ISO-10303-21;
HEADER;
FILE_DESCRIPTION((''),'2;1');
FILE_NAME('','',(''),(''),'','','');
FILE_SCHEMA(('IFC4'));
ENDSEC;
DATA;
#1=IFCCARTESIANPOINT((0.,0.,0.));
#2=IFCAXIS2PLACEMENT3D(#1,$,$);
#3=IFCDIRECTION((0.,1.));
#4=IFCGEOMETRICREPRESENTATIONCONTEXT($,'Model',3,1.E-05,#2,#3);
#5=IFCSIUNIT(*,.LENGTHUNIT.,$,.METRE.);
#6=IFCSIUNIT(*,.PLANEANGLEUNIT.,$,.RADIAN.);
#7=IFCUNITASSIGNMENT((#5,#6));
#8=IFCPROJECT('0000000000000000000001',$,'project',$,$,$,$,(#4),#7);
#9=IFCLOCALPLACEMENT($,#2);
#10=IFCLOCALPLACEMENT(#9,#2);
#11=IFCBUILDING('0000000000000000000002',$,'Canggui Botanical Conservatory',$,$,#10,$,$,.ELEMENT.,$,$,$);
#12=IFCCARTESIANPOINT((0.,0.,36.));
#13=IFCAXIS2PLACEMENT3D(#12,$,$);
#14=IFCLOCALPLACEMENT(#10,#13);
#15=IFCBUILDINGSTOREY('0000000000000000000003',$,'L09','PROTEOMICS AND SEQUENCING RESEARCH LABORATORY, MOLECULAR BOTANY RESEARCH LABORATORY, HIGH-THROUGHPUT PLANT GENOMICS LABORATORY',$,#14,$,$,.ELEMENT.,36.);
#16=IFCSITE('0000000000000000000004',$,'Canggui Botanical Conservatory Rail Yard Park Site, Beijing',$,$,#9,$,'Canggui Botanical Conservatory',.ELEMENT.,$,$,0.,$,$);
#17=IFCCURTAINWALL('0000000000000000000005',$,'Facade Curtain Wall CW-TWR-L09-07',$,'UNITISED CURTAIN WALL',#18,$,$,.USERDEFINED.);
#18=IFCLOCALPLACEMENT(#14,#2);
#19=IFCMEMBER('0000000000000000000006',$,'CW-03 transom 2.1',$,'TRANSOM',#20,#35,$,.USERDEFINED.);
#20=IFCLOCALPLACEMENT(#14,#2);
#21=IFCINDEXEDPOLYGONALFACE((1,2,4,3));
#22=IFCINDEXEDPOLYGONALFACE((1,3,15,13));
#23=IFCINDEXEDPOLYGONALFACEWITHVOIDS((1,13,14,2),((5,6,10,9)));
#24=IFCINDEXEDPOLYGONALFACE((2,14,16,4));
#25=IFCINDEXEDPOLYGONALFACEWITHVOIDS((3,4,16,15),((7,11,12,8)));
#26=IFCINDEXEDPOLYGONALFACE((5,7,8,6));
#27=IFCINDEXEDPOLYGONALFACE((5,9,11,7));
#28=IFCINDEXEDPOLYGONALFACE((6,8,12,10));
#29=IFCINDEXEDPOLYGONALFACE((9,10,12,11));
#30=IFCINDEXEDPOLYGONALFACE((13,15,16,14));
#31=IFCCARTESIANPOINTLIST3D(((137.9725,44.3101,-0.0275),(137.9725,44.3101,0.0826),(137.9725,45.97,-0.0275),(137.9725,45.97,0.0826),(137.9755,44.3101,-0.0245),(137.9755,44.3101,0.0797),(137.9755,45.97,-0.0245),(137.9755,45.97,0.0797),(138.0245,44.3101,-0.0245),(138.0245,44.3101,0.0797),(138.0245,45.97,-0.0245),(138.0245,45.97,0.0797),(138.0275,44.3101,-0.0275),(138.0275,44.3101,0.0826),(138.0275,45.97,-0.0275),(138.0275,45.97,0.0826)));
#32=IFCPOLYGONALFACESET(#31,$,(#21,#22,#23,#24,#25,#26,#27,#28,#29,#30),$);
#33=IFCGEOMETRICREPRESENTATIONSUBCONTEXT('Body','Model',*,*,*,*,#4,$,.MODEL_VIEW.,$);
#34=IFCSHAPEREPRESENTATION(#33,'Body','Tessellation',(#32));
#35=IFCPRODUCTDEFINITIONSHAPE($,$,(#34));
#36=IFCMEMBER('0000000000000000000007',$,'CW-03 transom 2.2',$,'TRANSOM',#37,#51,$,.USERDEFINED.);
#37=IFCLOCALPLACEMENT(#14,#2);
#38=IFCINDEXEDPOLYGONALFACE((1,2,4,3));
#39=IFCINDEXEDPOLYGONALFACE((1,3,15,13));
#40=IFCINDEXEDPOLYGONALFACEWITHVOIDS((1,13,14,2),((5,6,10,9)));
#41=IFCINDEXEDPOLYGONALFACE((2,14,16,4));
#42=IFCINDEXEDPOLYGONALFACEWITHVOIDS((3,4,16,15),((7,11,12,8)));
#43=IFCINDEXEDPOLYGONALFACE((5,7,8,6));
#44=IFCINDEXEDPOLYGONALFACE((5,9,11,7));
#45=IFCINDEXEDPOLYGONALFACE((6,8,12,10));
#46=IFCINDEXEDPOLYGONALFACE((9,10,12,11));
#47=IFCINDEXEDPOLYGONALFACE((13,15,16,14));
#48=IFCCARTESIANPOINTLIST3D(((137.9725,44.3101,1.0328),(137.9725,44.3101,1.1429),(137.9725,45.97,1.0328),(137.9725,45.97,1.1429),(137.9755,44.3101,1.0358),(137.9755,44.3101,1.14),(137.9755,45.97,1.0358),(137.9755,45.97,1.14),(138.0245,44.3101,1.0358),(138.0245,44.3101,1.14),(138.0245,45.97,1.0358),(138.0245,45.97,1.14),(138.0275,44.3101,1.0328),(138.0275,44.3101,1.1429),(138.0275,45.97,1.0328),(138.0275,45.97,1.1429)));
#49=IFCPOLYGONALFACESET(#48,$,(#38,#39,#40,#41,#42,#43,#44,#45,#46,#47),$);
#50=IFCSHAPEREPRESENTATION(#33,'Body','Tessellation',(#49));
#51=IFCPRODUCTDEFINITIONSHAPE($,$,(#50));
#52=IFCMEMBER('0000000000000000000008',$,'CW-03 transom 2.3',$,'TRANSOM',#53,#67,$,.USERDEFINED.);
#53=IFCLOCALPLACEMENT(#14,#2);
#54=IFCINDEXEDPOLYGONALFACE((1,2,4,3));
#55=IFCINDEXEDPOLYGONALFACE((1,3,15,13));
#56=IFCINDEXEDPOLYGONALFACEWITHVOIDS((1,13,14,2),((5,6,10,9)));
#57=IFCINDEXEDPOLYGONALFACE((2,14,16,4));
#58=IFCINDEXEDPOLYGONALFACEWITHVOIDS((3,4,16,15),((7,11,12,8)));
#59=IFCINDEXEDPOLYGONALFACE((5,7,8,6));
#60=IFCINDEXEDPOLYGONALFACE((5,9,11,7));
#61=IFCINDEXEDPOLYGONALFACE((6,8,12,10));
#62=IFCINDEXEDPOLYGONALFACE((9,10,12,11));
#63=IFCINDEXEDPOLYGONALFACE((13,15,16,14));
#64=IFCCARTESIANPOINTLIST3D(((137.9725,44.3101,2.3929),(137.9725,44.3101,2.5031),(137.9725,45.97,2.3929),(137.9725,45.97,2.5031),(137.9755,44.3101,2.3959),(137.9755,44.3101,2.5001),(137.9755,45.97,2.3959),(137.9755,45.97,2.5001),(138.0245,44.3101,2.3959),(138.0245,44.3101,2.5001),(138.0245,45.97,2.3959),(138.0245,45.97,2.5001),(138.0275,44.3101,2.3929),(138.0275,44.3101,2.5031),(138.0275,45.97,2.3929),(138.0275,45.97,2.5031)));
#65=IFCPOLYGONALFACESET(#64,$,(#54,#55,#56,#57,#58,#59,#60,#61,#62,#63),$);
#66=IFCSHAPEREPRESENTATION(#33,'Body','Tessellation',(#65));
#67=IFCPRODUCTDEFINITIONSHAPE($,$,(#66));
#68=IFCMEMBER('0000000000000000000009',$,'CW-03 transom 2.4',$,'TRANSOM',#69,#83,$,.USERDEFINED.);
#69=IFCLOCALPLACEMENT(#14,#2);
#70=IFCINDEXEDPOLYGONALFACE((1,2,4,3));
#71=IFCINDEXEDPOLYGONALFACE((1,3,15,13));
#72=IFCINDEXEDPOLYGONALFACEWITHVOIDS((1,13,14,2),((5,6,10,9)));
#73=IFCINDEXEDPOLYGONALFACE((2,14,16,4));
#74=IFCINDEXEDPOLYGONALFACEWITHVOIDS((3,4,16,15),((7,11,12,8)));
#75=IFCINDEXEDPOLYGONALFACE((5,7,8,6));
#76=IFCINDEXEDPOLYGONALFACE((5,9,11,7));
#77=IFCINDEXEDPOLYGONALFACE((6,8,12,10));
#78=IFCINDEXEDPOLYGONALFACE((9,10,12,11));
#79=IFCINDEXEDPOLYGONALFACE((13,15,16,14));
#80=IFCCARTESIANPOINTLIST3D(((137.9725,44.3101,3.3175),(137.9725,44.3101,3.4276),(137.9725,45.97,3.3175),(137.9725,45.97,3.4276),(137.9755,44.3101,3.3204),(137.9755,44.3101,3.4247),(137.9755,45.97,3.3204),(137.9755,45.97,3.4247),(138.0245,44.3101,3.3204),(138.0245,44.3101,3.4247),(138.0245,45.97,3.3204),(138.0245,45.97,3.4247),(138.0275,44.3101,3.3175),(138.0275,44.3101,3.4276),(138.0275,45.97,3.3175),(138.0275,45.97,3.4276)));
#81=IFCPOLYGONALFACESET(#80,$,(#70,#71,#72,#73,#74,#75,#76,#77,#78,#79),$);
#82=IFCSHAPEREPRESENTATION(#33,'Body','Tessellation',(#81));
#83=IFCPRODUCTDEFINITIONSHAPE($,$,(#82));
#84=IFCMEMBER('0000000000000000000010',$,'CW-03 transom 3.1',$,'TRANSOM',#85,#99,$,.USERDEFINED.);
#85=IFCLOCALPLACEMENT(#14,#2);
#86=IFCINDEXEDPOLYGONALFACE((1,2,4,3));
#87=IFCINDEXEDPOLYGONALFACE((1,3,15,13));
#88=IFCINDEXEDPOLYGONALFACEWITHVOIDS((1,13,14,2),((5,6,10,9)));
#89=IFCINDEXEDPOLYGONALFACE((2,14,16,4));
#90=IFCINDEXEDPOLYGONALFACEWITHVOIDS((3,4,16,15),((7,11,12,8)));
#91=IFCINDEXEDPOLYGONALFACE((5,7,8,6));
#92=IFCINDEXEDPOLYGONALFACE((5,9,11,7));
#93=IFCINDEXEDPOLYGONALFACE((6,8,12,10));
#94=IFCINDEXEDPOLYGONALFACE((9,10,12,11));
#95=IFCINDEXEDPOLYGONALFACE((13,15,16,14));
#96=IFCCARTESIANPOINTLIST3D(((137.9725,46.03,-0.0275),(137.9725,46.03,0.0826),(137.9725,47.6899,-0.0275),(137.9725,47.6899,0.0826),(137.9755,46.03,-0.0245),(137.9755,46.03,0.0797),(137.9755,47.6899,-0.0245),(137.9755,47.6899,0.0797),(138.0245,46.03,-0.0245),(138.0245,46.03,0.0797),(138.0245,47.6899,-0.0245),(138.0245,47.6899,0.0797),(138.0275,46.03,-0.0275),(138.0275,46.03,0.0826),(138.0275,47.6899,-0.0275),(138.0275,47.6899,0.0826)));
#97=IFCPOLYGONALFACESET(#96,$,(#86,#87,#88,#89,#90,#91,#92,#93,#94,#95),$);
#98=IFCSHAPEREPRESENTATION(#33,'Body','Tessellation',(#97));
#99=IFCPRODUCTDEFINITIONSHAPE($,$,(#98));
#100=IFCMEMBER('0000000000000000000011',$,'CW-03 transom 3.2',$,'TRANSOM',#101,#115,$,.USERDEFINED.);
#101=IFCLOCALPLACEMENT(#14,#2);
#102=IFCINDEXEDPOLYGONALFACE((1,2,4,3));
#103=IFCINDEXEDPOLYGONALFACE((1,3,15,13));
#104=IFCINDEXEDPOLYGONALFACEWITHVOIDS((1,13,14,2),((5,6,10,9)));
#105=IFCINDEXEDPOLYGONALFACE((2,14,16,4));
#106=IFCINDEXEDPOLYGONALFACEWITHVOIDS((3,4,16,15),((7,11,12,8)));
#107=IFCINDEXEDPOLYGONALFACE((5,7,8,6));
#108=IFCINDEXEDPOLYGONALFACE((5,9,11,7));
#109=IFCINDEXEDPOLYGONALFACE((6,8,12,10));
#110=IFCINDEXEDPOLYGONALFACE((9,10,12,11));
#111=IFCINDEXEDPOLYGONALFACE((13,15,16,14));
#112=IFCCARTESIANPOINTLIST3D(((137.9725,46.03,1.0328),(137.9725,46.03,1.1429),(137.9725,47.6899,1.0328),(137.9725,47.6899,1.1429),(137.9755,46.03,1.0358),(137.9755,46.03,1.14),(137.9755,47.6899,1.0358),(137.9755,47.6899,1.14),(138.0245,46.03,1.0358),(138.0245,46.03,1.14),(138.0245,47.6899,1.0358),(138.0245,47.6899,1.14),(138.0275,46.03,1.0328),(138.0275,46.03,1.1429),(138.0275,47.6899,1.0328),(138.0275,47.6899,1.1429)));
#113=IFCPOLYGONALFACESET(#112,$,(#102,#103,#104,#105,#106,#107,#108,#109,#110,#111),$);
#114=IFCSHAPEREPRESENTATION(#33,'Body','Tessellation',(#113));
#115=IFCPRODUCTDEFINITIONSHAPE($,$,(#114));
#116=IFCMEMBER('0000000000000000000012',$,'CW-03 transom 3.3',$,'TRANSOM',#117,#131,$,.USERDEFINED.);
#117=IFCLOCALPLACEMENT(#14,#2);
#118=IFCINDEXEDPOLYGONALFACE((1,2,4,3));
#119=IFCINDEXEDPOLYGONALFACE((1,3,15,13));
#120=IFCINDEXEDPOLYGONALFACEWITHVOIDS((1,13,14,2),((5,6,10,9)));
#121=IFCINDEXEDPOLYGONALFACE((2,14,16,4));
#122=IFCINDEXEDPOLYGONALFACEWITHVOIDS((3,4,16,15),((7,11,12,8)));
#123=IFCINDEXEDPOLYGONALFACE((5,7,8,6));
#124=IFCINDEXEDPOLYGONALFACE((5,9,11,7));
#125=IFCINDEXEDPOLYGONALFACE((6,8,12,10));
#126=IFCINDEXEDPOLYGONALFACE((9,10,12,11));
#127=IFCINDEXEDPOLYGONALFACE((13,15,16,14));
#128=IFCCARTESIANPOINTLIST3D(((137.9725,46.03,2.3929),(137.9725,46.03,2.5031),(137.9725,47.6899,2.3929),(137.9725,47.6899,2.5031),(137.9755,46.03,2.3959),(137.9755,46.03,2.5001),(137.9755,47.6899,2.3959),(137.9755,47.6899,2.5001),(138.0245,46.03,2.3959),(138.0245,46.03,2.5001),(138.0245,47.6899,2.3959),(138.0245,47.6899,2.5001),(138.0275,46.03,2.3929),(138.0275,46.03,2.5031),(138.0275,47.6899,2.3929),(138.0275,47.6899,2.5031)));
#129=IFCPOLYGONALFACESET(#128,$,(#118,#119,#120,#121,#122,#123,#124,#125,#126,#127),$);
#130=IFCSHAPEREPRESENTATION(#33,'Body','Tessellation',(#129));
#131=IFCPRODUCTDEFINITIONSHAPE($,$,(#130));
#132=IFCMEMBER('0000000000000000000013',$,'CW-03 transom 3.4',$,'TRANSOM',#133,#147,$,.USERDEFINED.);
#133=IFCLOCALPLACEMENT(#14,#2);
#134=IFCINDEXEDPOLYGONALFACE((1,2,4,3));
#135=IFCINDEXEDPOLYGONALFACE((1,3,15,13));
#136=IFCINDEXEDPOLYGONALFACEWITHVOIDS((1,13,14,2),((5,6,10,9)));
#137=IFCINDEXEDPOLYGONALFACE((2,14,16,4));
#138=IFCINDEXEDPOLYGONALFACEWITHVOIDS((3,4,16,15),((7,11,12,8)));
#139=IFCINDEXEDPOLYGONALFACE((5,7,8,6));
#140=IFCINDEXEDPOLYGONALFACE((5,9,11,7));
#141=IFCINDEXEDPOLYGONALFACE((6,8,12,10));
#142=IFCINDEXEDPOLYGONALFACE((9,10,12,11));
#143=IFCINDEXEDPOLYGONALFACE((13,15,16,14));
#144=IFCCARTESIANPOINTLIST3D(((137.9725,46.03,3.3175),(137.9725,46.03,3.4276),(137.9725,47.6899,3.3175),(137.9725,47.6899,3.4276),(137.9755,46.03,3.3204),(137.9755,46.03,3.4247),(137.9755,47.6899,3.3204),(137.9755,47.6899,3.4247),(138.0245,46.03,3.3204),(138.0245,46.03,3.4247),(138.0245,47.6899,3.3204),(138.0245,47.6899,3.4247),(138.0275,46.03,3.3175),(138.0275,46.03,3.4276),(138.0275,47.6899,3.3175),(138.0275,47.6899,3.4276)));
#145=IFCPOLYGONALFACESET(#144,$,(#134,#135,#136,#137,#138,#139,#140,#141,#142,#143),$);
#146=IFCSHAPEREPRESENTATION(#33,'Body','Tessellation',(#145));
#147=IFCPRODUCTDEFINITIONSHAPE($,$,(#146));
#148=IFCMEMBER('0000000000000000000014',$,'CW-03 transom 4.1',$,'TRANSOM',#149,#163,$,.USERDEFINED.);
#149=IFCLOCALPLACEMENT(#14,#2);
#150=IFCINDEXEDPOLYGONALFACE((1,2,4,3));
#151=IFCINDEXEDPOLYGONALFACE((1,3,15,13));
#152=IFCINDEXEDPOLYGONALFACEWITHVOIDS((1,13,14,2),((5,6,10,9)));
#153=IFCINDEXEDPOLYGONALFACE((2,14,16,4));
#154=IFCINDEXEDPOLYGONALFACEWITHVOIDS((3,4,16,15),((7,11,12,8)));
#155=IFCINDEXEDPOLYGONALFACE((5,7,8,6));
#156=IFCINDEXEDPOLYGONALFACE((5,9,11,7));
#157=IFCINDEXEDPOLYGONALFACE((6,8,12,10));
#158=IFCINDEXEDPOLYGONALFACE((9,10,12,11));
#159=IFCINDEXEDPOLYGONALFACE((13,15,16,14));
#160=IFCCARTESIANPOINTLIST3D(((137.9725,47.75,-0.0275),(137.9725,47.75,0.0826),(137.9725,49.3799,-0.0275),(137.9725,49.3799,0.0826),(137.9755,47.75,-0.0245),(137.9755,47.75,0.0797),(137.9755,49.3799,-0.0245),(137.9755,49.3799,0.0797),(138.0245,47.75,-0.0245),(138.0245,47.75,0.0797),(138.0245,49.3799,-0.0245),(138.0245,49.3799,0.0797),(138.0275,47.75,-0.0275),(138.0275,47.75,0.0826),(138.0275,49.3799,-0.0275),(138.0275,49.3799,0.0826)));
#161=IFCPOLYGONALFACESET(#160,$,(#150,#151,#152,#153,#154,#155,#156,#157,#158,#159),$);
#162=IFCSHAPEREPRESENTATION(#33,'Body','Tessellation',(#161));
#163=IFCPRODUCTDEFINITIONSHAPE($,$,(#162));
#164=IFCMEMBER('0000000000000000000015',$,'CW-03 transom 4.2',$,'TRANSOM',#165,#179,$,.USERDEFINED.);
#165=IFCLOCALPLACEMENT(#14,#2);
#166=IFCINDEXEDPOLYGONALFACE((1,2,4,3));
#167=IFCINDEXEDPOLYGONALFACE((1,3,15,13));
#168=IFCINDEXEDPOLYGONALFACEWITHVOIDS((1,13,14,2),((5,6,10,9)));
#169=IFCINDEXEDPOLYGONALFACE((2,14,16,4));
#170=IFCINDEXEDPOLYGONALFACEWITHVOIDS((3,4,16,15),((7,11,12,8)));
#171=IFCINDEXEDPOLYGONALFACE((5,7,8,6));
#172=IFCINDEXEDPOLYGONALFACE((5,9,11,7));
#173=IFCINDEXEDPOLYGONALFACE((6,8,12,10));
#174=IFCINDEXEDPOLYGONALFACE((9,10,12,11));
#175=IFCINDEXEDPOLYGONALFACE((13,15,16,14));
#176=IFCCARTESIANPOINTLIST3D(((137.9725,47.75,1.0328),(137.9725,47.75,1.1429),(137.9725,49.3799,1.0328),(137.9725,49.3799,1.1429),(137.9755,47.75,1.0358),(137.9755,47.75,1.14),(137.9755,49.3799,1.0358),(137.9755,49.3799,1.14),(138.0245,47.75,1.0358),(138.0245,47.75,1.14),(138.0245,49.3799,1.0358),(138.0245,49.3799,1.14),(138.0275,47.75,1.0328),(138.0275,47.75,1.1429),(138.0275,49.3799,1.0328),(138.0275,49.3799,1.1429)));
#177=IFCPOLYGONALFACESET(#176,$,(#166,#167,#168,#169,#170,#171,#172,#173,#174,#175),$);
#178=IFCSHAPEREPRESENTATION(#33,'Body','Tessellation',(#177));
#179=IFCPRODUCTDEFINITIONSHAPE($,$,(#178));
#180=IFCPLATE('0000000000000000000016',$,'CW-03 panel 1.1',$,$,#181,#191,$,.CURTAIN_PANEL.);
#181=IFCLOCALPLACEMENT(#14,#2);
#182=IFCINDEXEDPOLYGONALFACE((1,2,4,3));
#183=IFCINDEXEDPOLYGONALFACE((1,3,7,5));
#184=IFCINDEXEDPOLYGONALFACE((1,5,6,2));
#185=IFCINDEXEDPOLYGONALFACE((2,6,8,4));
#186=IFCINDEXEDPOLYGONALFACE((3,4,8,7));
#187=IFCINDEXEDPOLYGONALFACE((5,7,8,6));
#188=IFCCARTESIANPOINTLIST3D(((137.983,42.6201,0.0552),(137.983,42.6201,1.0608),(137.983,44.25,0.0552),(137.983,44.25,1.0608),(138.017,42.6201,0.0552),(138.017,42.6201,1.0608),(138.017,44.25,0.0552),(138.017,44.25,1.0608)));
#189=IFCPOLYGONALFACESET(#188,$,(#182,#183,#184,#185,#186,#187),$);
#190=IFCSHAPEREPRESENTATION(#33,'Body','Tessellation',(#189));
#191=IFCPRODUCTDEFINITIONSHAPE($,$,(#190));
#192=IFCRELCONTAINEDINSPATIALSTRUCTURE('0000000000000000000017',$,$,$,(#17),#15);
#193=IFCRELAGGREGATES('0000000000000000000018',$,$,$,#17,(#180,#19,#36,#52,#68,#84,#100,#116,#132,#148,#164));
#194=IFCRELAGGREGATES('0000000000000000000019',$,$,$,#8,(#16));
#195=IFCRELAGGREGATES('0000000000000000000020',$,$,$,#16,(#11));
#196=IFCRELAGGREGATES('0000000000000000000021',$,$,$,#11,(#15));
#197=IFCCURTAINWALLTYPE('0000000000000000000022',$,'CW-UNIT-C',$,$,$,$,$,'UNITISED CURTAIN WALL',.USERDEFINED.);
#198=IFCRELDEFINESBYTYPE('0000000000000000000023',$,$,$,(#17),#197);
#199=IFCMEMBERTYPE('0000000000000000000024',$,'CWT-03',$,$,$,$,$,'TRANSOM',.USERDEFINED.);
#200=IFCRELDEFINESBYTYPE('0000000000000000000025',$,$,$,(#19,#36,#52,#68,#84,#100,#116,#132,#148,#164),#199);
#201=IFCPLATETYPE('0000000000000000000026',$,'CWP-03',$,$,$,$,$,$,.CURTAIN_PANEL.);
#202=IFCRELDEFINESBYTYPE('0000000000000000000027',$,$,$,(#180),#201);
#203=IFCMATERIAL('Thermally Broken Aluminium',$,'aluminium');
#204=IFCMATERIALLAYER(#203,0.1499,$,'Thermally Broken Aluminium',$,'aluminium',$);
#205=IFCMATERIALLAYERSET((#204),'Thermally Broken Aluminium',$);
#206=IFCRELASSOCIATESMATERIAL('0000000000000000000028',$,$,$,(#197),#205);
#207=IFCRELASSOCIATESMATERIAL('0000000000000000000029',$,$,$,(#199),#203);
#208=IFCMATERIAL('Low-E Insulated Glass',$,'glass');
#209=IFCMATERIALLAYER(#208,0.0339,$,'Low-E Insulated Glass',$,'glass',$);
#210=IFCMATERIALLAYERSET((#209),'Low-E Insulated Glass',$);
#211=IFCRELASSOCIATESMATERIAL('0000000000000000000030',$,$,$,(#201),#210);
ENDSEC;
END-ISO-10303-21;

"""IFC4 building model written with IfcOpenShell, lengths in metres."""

from ifc_helpers import new_model, si_unit, direction, frame, origin, origin_2d, place, context, subcontext, project, spatial, rectangle, hollow_rectangle, extrude, material, layer, layer_set, material_profile, profile_set, type_object, element, aggregate, save


model = new_model("IFC4")

# Units and contexts
model_context = context("Model", 3, precision=1e-05, world=origin(), true_north=direction((0.0, 1.0)))
body_context = subcontext(model_context, "Body", "Model", "MODEL_VIEW")
ifc_project = project(units=[si_unit("LENGTHUNIT", "METRE"), si_unit("PLANEANGLEUNIT", "RADIAN")], contexts=[model_context])

# Site, building, storey
site_placement = place(None, origin())
site = spatial("IfcSite", under=ifc_project, at=site_placement, Name="Canggui Botanical Conservatory Rail Yard Park Site, Beijing", LongName="Canggui Botanical Conservatory", CompositionType="ELEMENT", RefElevation=0.0)
building_placement = place(site_placement, origin())
building = spatial("IfcBuilding", under=site, at=building_placement, Name="Canggui Botanical Conservatory", CompositionType="ELEMENT")
storey_placement = place(building_placement, frame((0.0, 0.0, 36.0)))
storey = spatial("IfcBuildingStorey", under=building, at=storey_placement, Name="L09", Description="PROTEOMICS AND SEQUENCING RESEARCH LABORATORY, MOLECULAR BOTANY RESEARCH LABORATORY, HIGH-THROUGHPUT PLANT GENOMICS LABORATORY", CompositionType="ELEMENT", Elevation=36.0)

# Curtain wall, members, plate
ifc_material_1 = material(Name="Thermally Broken Aluminium", Category="aluminium")
ifc_layer_1 = layer(ifc_material_1, 0.1499, Name="Thermally Broken Aluminium", Category="aluminium")
ifc_layer_set_1 = layer_set([ifc_layer_1], Name="Thermally Broken Aluminium")
curtain_wall_type = type_object("IfcCurtainWallType", Name="CW-UNIT-C", ElementType="UNITISED CURTAIN WALL", PredefinedType="USERDEFINED", material=ifc_layer_set_1)
curtain_wall_placement = place(storey_placement, origin())
curtain_wall = element("IfcCurtainWall", 1, at=curtain_wall_placement, inside=storey, type_object=curtain_wall_type, Name="Facade Curtain Wall CW-TWR-L09-07", ObjectType="UNITISED CURTAIN WALL", PredefinedType="USERDEFINED")
ifc_material_profile_1 = material_profile(ifc_material_1, hollow_rectangle(XDim=0.0549, YDim=0.1101, WallThickness=0.0029, at=origin_2d()), Name="CWT 55x110x3")
ifc_profile_set_1 = profile_set([ifc_material_profile_1], Name="Thermally Broken Aluminium")
member_type_1 = type_object("IfcMemberType", Name="CWT-03", ElementType="TRANSOM", PredefinedType="USERDEFINED", material=ifc_profile_set_1)
member_1_placement = place(storey_placement, frame((138.0, 44.3101, 0.0276), z_axis=(0.0, 1.0, 0.0), x_axis=(-1.0, 0.0, 0.0)))
member_1 = element("IfcMember", 2, at=member_1_placement, type_object=member_type_1, Name="CW-03 transom 2.1", ObjectType="TRANSOM", PredefinedType="USERDEFINED", context=body_context, shape_type="SweptSolid", body=[
    extrude(hollow_rectangle(XDim=0.0549, YDim=0.1101, WallThickness=0.0029, at=origin_2d()), origin(), (0.0, 0.0, 1.0), 1.6599),
])
member_2_placement = place(storey_placement, frame((138.0, 44.3101, 1.0879), z_axis=(0.0, 1.0, 0.0), x_axis=(-1.0, 0.0, 0.0)))
member_2 = element("IfcMember", 3, at=member_2_placement, type_object=member_type_1, Name="CW-03 transom 2.2", ObjectType="TRANSOM", PredefinedType="USERDEFINED", context=body_context, shape_type="SweptSolid", body=[
    extrude(hollow_rectangle(XDim=0.0549, YDim=0.1101, WallThickness=0.0029, at=origin_2d()), origin(), (0.0, 0.0, 1.0), 1.6599),
])
member_3_placement = place(storey_placement, frame((138.0, 44.3101, 2.448), z_axis=(0.0, 1.0, 0.0), x_axis=(-1.0, 0.0, 0.0)))
member_3 = element("IfcMember", 4, at=member_3_placement, type_object=member_type_1, Name="CW-03 transom 2.3", ObjectType="TRANSOM", PredefinedType="USERDEFINED", context=body_context, shape_type="SweptSolid", body=[
    extrude(hollow_rectangle(XDim=0.0549, YDim=0.1101, WallThickness=0.0029, at=origin_2d()), origin(), (0.0, 0.0, 1.0), 1.6599),
])
member_4_placement = place(storey_placement, frame((138.0, 44.3101, 3.3726), z_axis=(0.0, 1.0, 0.0), x_axis=(-1.0, 0.0, 0.0)))
member_4 = element("IfcMember", 5, at=member_4_placement, type_object=member_type_1, Name="CW-03 transom 2.4", ObjectType="TRANSOM", PredefinedType="USERDEFINED", context=body_context, shape_type="SweptSolid", body=[
    extrude(hollow_rectangle(XDim=0.0549, YDim=0.1101, WallThickness=0.0029, at=origin_2d()), origin(), (0.0, 0.0, 1.0), 1.6599),
])
member_5_placement = place(storey_placement, frame((138.0, 46.03, 0.0276), z_axis=(0.0, 1.0, 0.0), x_axis=(-1.0, 0.0, 0.0)))
member_5 = element("IfcMember", 6, at=member_5_placement, type_object=member_type_1, Name="CW-03 transom 3.1", ObjectType="TRANSOM", PredefinedType="USERDEFINED", context=body_context, shape_type="SweptSolid", body=[
    extrude(hollow_rectangle(XDim=0.0549, YDim=0.1101, WallThickness=0.0029, at=origin_2d()), origin(), (0.0, 0.0, 1.0), 1.6599),
])
member_6_placement = place(storey_placement, frame((138.0, 46.03, 1.0879), z_axis=(0.0, 1.0, 0.0), x_axis=(-1.0, 0.0, 0.0)))
member_6 = element("IfcMember", 7, at=member_6_placement, type_object=member_type_1, Name="CW-03 transom 3.2", ObjectType="TRANSOM", PredefinedType="USERDEFINED", context=body_context, shape_type="SweptSolid", body=[
    extrude(hollow_rectangle(XDim=0.0549, YDim=0.1101, WallThickness=0.0029, at=origin_2d()), origin(), (0.0, 0.0, 1.0), 1.6599),
])
member_7_placement = place(storey_placement, frame((138.0, 46.03, 2.448), z_axis=(0.0, 1.0, 0.0), x_axis=(-1.0, 0.0, 0.0)))
member_7 = element("IfcMember", 8, at=member_7_placement, type_object=member_type_1, Name="CW-03 transom 3.3", ObjectType="TRANSOM", PredefinedType="USERDEFINED", context=body_context, shape_type="SweptSolid", body=[
    extrude(hollow_rectangle(XDim=0.0549, YDim=0.1101, WallThickness=0.0029, at=origin_2d()), origin(), (0.0, 0.0, 1.0), 1.6599),
])
member_8_placement = place(storey_placement, frame((138.0, 46.03, 3.3726), z_axis=(0.0, 1.0, 0.0), x_axis=(-1.0, 0.0, 0.0)))
member_8 = element("IfcMember", 9, at=member_8_placement, type_object=member_type_1, Name="CW-03 transom 3.4", ObjectType="TRANSOM", PredefinedType="USERDEFINED", context=body_context, shape_type="SweptSolid", body=[
    extrude(hollow_rectangle(XDim=0.0549, YDim=0.1101, WallThickness=0.0029, at=origin_2d()), origin(), (0.0, 0.0, 1.0), 1.6599),
])
member_9_placement = place(storey_placement, frame((138.0, 47.75, 0.0276), z_axis=(0.0, 1.0, 0.0), x_axis=(-1.0, 0.0, 0.0)))
member_9 = element("IfcMember", 10, at=member_9_placement, type_object=member_type_1, Name="CW-03 transom 4.1", ObjectType="TRANSOM", PredefinedType="USERDEFINED", context=body_context, shape_type="SweptSolid", body=[
    extrude(hollow_rectangle(XDim=0.0549, YDim=0.1101, WallThickness=0.0029, at=origin_2d()), origin(), (0.0, 0.0, 1.0), 1.6299),
])
member_10_placement = place(storey_placement, frame((138.0, 47.75, 1.0879), z_axis=(0.0, 1.0, 0.0), x_axis=(-1.0, 0.0, 0.0)))
member_10 = element("IfcMember", 11, at=member_10_placement, type_object=member_type_1, Name="CW-03 transom 4.2", ObjectType="TRANSOM", PredefinedType="USERDEFINED", context=body_context, shape_type="SweptSolid", body=[
    extrude(hollow_rectangle(XDim=0.0549, YDim=0.1101, WallThickness=0.0029, at=origin_2d()), origin(), (0.0, 0.0, 1.0), 1.6299),
])
ifc_material_2 = material(Name="Low-E Insulated Glass", Category="glass")
ifc_layer_2 = layer(ifc_material_2, 0.0339, Name="Low-E Insulated Glass", Category="glass")
ifc_layer_set_2 = layer_set([ifc_layer_2], Name="Low-E Insulated Glass")
plate_type = type_object("IfcPlateType", Name="CWP-03", PredefinedType="CURTAIN_PANEL", material=ifc_layer_set_2)
plate_1_placement = place(storey_placement, frame((138.0, 43.4351, 0.0552), z_axis=(0.0, 0.0, 1.0), x_axis=(0.0, 1.0, 0.0)))
plate_1 = element("IfcPlate", 12, at=plate_1_placement, type_object=plate_type, Name="CW-03 panel 1.1", PredefinedType="CURTAIN_PANEL", context=body_context, shape_type="SweptSolid", body=[
    extrude(rectangle(XDim=1.6299, YDim=0.0339, at=origin_2d()), origin(), (0.0, 0.0, 1.0), 1.0056),
])
aggregate(curtain_wall, [plate_1, member_1, member_2, member_3, member_4, member_5, member_6, member_7, member_8, member_9, member_10])

save(model, "model.ifc")
